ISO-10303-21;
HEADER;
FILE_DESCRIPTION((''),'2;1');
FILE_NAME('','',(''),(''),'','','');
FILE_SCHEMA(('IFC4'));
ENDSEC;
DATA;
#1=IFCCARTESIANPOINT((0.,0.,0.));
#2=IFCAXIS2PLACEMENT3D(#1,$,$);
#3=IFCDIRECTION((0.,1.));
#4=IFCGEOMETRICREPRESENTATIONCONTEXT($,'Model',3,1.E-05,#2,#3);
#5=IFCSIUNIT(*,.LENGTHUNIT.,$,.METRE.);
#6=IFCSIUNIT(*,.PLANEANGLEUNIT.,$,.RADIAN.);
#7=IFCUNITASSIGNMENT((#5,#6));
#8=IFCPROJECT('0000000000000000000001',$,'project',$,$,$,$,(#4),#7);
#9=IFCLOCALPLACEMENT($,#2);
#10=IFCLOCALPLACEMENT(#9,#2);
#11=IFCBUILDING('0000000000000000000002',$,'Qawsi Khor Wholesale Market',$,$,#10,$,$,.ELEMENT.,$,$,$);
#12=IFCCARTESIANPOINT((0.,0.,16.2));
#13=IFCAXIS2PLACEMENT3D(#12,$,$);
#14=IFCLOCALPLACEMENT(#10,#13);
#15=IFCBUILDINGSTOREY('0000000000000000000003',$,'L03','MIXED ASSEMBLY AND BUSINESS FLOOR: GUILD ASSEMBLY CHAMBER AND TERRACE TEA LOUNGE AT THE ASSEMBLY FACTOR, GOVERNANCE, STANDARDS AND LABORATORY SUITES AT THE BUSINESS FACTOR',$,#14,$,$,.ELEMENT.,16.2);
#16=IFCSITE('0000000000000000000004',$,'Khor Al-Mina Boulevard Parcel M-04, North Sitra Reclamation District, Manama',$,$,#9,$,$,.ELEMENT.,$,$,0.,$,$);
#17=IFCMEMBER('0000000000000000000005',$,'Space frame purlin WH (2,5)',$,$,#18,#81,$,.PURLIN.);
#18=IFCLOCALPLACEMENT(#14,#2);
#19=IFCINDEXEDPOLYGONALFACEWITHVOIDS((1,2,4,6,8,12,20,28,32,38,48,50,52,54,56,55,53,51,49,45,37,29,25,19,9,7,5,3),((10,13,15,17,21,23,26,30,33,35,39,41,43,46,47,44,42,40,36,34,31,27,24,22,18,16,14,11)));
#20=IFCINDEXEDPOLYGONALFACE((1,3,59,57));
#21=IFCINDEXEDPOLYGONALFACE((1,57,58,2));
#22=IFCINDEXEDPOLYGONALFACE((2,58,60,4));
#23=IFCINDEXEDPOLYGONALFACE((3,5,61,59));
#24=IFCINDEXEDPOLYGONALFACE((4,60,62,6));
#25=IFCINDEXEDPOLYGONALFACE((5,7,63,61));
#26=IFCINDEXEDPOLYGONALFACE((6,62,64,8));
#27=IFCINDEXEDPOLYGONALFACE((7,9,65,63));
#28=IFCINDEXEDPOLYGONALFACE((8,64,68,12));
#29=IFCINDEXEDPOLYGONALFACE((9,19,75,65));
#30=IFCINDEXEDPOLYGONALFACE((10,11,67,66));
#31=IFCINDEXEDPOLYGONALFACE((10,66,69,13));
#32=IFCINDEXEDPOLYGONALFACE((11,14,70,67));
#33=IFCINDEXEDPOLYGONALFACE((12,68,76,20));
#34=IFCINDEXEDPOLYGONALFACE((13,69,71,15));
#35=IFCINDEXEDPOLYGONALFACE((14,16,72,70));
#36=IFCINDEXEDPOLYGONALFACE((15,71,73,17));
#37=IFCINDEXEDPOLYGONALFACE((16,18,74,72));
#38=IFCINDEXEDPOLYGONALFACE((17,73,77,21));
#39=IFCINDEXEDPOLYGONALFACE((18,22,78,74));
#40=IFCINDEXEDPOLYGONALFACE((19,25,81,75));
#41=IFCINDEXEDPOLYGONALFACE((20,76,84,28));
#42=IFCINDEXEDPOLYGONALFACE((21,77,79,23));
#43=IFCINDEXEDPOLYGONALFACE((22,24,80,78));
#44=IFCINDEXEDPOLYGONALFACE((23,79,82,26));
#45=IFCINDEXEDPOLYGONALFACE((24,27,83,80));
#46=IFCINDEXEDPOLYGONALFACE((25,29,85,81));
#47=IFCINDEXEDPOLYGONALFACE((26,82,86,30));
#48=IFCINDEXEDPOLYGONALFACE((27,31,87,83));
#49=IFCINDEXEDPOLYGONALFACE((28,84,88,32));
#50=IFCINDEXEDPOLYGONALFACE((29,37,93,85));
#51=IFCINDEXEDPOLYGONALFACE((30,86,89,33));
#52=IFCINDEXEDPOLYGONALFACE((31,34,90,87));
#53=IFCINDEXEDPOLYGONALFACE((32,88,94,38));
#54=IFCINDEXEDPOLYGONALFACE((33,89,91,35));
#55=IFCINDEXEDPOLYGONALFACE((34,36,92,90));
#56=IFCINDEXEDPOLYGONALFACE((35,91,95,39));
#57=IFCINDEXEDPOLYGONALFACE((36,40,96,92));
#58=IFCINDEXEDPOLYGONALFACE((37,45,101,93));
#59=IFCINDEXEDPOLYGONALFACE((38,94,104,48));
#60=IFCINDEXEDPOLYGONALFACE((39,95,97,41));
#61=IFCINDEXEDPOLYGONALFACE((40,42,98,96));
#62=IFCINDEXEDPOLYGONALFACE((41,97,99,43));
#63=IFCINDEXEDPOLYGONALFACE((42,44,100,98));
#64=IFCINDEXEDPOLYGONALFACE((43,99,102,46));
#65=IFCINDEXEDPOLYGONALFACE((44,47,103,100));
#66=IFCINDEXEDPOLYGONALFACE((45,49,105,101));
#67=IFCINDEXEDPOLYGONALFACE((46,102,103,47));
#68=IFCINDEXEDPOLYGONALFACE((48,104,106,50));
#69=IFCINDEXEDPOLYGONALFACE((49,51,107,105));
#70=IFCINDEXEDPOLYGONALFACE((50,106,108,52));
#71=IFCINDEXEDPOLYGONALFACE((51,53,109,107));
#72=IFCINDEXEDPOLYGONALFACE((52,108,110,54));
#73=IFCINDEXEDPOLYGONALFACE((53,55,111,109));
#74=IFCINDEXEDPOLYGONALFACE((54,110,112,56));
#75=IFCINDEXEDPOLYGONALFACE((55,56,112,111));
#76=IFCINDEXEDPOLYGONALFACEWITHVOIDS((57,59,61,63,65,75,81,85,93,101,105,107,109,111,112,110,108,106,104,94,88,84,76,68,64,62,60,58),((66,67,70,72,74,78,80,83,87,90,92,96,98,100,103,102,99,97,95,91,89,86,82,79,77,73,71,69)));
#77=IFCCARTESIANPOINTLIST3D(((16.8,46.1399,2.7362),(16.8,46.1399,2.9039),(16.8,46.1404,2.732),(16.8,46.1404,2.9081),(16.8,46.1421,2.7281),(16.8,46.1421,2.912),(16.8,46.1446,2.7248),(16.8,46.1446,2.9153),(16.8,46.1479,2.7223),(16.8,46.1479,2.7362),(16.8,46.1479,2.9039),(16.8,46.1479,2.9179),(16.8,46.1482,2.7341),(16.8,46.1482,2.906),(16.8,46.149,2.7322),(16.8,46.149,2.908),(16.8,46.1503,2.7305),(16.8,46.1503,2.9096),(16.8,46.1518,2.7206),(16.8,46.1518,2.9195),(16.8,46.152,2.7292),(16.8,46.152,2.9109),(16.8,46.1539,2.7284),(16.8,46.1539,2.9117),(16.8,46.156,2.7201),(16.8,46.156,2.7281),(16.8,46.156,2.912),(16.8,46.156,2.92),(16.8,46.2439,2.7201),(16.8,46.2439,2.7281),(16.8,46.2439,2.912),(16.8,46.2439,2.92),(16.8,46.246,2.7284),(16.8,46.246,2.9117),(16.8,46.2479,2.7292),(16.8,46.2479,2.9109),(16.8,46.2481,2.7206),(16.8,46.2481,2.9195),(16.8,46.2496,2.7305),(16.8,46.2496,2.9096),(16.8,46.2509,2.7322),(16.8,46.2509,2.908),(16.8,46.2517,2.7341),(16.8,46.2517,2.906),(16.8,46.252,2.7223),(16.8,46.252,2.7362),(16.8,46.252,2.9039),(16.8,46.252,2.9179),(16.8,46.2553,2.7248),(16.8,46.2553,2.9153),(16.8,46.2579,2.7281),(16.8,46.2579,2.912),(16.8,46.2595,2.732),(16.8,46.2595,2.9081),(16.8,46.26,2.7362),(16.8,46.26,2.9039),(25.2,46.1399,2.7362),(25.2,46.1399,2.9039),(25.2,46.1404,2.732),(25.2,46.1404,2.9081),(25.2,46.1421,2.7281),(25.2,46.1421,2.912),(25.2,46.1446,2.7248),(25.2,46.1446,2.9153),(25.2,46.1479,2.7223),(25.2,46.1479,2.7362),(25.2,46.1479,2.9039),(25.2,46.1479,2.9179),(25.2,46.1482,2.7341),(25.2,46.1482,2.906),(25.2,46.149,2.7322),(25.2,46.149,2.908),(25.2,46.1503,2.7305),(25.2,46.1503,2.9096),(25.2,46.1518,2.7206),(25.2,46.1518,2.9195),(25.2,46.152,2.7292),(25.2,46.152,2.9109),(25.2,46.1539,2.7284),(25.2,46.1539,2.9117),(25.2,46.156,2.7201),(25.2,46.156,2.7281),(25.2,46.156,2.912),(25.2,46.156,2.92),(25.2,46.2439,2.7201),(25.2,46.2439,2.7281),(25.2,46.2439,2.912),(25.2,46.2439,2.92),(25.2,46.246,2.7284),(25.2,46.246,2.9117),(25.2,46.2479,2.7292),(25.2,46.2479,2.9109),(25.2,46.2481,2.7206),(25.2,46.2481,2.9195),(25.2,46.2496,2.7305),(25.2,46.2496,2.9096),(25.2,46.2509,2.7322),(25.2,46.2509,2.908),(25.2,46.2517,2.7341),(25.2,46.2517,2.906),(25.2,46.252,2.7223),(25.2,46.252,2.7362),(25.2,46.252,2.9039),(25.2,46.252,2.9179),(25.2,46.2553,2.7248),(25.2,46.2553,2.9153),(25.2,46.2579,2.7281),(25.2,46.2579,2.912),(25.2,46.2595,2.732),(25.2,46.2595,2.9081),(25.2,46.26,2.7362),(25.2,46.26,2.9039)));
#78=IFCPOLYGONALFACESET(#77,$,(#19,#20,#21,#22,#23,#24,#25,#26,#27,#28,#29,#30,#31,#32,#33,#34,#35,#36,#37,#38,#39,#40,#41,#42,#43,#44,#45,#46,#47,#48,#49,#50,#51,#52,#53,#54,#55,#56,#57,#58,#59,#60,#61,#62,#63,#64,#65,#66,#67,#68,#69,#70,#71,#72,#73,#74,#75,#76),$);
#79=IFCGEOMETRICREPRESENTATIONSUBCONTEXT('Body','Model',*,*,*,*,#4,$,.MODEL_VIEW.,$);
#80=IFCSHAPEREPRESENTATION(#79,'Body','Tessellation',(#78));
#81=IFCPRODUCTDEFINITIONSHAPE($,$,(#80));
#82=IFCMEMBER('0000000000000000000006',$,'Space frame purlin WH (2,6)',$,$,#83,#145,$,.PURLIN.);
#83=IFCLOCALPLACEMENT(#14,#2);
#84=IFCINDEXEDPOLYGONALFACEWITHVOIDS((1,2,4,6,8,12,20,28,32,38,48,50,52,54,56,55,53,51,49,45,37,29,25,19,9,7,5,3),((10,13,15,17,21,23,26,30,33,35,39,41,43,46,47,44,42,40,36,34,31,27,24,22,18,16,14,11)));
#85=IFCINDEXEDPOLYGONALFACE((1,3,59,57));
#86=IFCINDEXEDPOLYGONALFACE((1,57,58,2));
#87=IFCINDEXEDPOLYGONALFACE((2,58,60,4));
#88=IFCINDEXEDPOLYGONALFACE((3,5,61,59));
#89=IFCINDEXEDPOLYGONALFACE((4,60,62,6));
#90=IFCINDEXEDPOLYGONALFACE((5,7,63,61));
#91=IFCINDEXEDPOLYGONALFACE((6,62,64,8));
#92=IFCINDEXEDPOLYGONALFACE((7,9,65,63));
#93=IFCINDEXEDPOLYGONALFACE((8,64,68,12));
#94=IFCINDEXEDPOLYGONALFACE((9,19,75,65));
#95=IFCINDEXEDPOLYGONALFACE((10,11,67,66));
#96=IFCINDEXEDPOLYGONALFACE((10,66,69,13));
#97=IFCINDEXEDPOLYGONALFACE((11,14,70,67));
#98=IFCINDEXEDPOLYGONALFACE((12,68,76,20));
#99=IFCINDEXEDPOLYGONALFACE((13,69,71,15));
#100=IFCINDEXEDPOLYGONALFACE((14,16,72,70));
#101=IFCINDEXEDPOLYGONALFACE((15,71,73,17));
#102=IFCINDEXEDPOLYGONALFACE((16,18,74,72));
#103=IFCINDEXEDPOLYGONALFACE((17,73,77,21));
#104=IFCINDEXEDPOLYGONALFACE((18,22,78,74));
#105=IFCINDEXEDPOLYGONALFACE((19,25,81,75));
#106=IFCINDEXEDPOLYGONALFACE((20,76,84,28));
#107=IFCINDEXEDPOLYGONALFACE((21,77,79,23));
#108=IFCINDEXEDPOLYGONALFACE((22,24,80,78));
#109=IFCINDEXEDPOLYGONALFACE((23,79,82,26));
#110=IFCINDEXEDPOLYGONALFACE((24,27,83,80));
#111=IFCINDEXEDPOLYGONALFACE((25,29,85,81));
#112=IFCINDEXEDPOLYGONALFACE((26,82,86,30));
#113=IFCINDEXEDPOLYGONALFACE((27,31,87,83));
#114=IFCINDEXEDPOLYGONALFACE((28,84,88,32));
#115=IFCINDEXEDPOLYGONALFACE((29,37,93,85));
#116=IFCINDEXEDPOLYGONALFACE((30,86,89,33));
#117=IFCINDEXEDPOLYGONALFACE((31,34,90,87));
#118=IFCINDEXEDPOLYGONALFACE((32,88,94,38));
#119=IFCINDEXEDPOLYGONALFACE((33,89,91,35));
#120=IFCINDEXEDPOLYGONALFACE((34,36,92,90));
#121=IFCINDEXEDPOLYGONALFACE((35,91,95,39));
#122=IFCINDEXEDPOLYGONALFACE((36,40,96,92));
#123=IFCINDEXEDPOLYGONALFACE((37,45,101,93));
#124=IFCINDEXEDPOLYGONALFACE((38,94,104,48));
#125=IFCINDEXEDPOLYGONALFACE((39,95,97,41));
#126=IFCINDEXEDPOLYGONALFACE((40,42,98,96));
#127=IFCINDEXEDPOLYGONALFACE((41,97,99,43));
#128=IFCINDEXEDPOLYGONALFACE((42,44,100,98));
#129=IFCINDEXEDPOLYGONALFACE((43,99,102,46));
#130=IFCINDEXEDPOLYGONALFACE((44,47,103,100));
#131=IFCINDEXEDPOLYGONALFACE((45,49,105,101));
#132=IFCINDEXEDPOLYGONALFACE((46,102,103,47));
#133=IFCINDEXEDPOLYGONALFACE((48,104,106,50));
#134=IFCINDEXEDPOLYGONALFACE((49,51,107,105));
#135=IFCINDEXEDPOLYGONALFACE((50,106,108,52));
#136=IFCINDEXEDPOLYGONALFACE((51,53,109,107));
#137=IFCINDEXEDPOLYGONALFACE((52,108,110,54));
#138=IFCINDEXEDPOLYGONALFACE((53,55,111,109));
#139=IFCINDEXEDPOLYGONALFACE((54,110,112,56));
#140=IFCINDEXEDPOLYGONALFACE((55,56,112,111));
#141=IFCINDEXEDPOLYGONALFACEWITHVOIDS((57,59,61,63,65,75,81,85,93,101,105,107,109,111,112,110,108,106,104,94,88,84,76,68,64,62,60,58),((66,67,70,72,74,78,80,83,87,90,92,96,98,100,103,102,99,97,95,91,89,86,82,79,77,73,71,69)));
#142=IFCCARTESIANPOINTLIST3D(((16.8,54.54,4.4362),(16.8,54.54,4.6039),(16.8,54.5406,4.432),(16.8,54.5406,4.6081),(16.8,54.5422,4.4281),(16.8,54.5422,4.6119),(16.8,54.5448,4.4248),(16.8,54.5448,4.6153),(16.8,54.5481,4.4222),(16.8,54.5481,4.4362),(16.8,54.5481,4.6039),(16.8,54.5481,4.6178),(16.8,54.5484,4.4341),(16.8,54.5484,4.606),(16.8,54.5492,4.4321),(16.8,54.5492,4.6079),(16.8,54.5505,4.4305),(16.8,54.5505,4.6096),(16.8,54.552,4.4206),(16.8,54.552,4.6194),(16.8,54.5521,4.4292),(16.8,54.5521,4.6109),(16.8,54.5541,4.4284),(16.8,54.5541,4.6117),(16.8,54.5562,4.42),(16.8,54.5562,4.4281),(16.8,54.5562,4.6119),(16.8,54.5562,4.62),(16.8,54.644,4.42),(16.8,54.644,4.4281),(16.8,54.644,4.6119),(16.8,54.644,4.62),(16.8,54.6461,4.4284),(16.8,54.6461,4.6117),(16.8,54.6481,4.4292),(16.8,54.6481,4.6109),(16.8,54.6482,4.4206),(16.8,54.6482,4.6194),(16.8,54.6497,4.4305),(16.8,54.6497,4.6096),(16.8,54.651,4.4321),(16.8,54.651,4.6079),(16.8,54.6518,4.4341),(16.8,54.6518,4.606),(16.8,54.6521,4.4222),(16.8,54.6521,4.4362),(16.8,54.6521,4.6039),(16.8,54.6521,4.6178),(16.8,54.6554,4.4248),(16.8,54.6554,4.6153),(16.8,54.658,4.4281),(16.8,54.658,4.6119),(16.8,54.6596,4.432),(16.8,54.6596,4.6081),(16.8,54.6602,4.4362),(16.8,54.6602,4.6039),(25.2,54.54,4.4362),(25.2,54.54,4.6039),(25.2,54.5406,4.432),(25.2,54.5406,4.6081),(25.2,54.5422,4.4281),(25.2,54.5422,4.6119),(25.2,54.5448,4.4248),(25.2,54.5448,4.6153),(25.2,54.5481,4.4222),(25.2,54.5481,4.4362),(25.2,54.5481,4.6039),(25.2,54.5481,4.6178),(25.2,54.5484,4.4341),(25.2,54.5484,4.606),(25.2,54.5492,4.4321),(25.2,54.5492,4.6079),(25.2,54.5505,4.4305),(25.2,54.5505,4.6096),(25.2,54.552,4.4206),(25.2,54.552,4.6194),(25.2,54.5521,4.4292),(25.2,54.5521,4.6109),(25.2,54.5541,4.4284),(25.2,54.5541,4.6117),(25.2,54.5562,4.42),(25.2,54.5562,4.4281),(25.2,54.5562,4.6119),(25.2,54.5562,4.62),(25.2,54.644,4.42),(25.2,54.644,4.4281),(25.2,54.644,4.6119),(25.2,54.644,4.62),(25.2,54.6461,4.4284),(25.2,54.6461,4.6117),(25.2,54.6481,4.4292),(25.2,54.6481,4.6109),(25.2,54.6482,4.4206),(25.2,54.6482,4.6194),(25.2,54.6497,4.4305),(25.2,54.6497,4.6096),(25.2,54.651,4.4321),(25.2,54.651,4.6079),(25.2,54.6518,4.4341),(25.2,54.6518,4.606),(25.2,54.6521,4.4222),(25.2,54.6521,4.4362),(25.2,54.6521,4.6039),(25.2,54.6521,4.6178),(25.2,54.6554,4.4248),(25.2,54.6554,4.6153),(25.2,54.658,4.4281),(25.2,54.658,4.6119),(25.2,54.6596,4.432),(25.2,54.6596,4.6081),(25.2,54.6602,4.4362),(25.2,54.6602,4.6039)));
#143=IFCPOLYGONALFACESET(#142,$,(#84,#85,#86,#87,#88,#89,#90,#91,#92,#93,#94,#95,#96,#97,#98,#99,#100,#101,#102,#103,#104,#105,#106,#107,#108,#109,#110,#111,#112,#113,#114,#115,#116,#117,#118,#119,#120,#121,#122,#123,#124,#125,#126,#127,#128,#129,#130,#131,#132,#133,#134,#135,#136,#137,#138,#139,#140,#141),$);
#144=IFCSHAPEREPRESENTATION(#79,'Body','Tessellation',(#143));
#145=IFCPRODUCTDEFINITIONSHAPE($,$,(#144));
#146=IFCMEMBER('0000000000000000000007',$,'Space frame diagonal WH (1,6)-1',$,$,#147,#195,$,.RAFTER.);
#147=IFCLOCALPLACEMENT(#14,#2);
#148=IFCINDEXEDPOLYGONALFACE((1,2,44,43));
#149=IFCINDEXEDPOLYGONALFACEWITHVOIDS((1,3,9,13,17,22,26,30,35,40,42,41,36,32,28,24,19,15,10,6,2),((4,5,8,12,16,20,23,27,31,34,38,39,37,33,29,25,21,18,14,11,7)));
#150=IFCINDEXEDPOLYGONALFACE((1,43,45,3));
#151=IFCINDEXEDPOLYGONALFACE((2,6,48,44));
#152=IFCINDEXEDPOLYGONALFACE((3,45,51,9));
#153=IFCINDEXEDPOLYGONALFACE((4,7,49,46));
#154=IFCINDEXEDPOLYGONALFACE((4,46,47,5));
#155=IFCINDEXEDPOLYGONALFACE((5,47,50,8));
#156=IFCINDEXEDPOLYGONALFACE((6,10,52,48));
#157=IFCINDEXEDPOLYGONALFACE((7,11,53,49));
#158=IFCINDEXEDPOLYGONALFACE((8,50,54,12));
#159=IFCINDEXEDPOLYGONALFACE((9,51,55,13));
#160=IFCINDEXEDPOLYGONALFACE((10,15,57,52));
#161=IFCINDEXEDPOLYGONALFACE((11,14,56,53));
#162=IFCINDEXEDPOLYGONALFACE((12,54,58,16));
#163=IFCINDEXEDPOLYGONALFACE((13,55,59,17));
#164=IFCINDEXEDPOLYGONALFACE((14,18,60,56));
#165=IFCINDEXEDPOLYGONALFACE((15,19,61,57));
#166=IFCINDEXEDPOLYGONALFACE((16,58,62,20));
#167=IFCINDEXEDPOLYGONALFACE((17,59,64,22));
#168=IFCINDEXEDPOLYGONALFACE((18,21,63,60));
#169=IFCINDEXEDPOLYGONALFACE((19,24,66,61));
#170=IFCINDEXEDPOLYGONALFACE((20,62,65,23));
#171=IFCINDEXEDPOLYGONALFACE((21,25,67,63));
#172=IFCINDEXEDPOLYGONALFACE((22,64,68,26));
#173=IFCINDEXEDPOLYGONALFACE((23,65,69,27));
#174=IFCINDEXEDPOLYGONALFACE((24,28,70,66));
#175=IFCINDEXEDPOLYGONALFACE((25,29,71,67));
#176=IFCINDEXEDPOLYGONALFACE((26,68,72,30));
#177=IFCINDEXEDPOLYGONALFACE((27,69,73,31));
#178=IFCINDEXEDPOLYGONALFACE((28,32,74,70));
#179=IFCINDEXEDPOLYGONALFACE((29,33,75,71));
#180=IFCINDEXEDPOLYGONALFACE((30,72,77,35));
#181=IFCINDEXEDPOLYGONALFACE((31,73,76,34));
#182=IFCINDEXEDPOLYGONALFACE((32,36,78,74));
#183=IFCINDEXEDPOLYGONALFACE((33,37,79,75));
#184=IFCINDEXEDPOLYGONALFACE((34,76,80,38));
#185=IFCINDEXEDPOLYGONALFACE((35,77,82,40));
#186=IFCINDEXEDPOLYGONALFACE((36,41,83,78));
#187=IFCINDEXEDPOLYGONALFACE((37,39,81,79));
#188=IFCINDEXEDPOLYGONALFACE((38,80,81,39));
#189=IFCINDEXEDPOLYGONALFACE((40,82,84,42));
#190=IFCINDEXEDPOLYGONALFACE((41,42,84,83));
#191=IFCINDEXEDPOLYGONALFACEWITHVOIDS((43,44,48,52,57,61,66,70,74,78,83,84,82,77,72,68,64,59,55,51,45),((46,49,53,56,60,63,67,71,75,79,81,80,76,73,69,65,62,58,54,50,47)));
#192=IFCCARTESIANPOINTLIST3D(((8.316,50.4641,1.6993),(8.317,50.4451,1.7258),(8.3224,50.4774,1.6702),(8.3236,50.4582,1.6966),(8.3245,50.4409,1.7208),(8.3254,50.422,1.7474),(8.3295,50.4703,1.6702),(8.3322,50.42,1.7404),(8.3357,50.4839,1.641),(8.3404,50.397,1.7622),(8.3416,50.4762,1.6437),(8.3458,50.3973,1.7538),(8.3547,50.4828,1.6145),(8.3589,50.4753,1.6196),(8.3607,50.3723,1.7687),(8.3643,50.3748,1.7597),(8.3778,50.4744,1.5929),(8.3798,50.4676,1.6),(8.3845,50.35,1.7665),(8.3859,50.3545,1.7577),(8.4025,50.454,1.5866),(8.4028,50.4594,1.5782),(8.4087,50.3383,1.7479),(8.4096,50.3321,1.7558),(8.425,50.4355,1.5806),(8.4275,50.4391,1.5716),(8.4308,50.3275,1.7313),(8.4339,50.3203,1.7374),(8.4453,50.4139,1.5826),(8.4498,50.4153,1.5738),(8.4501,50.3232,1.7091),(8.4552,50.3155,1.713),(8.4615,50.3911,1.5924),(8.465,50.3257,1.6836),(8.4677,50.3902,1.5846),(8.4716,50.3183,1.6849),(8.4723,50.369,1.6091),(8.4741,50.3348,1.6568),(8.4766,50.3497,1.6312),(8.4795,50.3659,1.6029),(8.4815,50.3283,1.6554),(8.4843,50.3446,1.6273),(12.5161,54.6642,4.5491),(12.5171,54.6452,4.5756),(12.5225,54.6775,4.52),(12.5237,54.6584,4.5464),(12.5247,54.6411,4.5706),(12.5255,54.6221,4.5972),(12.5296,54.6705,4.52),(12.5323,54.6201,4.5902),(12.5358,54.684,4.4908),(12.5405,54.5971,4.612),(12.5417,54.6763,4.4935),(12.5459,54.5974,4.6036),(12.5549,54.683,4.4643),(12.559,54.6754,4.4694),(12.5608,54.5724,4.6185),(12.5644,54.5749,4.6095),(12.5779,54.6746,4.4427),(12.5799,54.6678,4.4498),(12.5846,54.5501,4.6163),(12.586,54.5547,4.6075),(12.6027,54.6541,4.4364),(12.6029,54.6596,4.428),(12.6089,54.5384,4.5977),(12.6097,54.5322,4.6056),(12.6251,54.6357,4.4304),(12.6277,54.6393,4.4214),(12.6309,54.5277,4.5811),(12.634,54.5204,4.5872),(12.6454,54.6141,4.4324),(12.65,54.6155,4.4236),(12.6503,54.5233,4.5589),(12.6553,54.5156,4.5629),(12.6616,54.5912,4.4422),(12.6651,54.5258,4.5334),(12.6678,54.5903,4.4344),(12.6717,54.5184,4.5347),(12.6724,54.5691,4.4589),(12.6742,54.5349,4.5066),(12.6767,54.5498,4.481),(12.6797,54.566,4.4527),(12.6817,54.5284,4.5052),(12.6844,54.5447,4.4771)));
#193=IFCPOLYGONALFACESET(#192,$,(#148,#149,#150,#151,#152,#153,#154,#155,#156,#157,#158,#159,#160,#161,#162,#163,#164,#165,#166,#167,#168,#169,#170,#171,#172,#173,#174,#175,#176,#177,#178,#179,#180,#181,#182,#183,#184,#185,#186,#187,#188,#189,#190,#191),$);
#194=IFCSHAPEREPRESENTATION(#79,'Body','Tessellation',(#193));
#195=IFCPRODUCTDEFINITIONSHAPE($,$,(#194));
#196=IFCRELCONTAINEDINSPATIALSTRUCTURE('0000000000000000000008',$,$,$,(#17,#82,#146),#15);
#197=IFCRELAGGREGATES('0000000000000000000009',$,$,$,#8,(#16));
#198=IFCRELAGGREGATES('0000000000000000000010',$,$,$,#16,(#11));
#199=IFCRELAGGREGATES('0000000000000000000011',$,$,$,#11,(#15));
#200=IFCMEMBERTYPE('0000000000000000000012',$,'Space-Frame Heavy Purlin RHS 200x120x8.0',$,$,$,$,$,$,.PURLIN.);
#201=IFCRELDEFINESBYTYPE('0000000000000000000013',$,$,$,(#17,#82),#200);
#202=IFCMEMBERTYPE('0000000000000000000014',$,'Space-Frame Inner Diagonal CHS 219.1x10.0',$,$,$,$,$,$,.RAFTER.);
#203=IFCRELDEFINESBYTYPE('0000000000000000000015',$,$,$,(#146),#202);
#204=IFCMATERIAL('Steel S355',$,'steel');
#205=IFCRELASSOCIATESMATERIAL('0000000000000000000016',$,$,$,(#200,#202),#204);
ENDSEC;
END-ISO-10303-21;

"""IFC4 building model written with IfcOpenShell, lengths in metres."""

from ifc_helpers import new_model, si_unit, direction, frame, origin, origin_2d, place, context, subcontext, project, spatial, hollow_rectangle, hollow_circle, extrude, material, material_profile, profile_set, type_object, element, save


model = new_model("IFC4")

# Units and contexts
model_context = context("Model", 3, precision=1e-05, world=origin(), true_north=direction((0.0, 1.0)))
body_context = subcontext(model_context, "Body", "Model", "MODEL_VIEW")
ifc_project = project(units=[si_unit("LENGTHUNIT", "METRE"), si_unit("PLANEANGLEUNIT", "RADIAN")], contexts=[model_context])

# Site, building, storey
site_placement = place(None, origin())
site = spatial("IfcSite", under=ifc_project, at=site_placement, Name="Khor Al-Mina Boulevard Parcel M-04, North Sitra Reclamation District, Manama", CompositionType="ELEMENT", RefElevation=0.0)
building_placement = place(site_placement, origin())
building = spatial("IfcBuilding", under=site, at=building_placement, Name="Qawsi Khor Wholesale Market", CompositionType="ELEMENT")
storey_placement = place(building_placement, frame((0.0, 0.0, 16.2)))
storey = spatial("IfcBuildingStorey", under=building, at=storey_placement, Name="L03", Description="MIXED ASSEMBLY AND BUSINESS FLOOR: GUILD ASSEMBLY CHAMBER AND TERRACE TEA LOUNGE AT THE ASSEMBLY FACTOR, GOVERNANCE, STANDARDS AND LABORATORY SUITES AT THE BUSINESS FACTOR", CompositionType="ELEMENT", Elevation=16.2)

# Members
ifc_material_1 = material(Name="Steel S355", Category="steel")
ifc_material_profile_1 = material_profile(ifc_material_1, hollow_rectangle(XDim=0.1201, YDim=0.2, WallThickness=0.0081, InnerFilletRadius=0.0081, OuterFilletRadius=0.0161, at=origin_2d()), Name="RHS 200x120x8.0")
ifc_profile_set_1 = profile_set([ifc_material_profile_1], Name="Steel S355")
member_type_1 = type_object("IfcMemberType", Name="Space-Frame Heavy Purlin RHS 200x120x8.0", PredefinedType="PURLIN", material=ifc_profile_set_1)
for number, where, z_axis, x_axis, name in (
    (1, (16.8, 46.2, 2.8201), (1.0, 0.0, 0.0), (0.0, 1.0, 0.0), "Space frame purlin WH (2,5)"),
    (2, (16.8, 54.6001, 4.52), (1.0, 0.0, 0.0), (0.0, 1.0, 0.0), "Space frame purlin WH (2,6)"),
):
    element("IfcMember", number, at=place(storey_placement, frame(where, z_axis=z_axis, x_axis=x_axis)), inside=storey, type_object=member_type_1, Name=name, PredefinedType="PURLIN", context=body_context, shape_type="SweptSolid", body=[
        extrude(hollow_rectangle(XDim=0.1201, YDim=0.2, WallThickness=0.0081, InnerFilletRadius=0.0081, OuterFilletRadius=0.0161, at=origin_2d()), origin(), (0.0, 0.0, 1.0), 8.3999),
    ])
ifc_material_profile_2 = material_profile(ifc_material_1, hollow_circle(Radius=0.1096, WallThickness=0.01, at=origin_2d()), Name="CHS 219.1x10.0")
ifc_profile_set_2 = profile_set([ifc_material_profile_2], Name="Steel S355")
member_type_2 = type_object("IfcMemberType", Name="Space-Frame Inner Diagonal CHS 219.1x10.0", PredefinedType="RAFTER", material=ifc_profile_set_2)
for number, where, z_axis, x_axis, name in (
    (3, (8.3999, 50.3999, 1.6702), (0.637529, 0.637529, 0.432567), (-0.707107, 0.707107, 0.0), "Space frame diagonal WH (1,6)-1"),
):
    element("IfcMember", number, at=place(storey_placement, frame(where, z_axis=z_axis, x_axis=x_axis)), inside=storey, type_object=member_type_2, Name=name, PredefinedType="RAFTER", context=body_context, shape_type="SweptSolid", body=[
        extrude(hollow_circle(Radius=0.1096, WallThickness=0.01, at=origin_2d()), origin(), (0.0, 0.0, 1.0), 6.5881),
    ])

save(model, "model.ifc")
